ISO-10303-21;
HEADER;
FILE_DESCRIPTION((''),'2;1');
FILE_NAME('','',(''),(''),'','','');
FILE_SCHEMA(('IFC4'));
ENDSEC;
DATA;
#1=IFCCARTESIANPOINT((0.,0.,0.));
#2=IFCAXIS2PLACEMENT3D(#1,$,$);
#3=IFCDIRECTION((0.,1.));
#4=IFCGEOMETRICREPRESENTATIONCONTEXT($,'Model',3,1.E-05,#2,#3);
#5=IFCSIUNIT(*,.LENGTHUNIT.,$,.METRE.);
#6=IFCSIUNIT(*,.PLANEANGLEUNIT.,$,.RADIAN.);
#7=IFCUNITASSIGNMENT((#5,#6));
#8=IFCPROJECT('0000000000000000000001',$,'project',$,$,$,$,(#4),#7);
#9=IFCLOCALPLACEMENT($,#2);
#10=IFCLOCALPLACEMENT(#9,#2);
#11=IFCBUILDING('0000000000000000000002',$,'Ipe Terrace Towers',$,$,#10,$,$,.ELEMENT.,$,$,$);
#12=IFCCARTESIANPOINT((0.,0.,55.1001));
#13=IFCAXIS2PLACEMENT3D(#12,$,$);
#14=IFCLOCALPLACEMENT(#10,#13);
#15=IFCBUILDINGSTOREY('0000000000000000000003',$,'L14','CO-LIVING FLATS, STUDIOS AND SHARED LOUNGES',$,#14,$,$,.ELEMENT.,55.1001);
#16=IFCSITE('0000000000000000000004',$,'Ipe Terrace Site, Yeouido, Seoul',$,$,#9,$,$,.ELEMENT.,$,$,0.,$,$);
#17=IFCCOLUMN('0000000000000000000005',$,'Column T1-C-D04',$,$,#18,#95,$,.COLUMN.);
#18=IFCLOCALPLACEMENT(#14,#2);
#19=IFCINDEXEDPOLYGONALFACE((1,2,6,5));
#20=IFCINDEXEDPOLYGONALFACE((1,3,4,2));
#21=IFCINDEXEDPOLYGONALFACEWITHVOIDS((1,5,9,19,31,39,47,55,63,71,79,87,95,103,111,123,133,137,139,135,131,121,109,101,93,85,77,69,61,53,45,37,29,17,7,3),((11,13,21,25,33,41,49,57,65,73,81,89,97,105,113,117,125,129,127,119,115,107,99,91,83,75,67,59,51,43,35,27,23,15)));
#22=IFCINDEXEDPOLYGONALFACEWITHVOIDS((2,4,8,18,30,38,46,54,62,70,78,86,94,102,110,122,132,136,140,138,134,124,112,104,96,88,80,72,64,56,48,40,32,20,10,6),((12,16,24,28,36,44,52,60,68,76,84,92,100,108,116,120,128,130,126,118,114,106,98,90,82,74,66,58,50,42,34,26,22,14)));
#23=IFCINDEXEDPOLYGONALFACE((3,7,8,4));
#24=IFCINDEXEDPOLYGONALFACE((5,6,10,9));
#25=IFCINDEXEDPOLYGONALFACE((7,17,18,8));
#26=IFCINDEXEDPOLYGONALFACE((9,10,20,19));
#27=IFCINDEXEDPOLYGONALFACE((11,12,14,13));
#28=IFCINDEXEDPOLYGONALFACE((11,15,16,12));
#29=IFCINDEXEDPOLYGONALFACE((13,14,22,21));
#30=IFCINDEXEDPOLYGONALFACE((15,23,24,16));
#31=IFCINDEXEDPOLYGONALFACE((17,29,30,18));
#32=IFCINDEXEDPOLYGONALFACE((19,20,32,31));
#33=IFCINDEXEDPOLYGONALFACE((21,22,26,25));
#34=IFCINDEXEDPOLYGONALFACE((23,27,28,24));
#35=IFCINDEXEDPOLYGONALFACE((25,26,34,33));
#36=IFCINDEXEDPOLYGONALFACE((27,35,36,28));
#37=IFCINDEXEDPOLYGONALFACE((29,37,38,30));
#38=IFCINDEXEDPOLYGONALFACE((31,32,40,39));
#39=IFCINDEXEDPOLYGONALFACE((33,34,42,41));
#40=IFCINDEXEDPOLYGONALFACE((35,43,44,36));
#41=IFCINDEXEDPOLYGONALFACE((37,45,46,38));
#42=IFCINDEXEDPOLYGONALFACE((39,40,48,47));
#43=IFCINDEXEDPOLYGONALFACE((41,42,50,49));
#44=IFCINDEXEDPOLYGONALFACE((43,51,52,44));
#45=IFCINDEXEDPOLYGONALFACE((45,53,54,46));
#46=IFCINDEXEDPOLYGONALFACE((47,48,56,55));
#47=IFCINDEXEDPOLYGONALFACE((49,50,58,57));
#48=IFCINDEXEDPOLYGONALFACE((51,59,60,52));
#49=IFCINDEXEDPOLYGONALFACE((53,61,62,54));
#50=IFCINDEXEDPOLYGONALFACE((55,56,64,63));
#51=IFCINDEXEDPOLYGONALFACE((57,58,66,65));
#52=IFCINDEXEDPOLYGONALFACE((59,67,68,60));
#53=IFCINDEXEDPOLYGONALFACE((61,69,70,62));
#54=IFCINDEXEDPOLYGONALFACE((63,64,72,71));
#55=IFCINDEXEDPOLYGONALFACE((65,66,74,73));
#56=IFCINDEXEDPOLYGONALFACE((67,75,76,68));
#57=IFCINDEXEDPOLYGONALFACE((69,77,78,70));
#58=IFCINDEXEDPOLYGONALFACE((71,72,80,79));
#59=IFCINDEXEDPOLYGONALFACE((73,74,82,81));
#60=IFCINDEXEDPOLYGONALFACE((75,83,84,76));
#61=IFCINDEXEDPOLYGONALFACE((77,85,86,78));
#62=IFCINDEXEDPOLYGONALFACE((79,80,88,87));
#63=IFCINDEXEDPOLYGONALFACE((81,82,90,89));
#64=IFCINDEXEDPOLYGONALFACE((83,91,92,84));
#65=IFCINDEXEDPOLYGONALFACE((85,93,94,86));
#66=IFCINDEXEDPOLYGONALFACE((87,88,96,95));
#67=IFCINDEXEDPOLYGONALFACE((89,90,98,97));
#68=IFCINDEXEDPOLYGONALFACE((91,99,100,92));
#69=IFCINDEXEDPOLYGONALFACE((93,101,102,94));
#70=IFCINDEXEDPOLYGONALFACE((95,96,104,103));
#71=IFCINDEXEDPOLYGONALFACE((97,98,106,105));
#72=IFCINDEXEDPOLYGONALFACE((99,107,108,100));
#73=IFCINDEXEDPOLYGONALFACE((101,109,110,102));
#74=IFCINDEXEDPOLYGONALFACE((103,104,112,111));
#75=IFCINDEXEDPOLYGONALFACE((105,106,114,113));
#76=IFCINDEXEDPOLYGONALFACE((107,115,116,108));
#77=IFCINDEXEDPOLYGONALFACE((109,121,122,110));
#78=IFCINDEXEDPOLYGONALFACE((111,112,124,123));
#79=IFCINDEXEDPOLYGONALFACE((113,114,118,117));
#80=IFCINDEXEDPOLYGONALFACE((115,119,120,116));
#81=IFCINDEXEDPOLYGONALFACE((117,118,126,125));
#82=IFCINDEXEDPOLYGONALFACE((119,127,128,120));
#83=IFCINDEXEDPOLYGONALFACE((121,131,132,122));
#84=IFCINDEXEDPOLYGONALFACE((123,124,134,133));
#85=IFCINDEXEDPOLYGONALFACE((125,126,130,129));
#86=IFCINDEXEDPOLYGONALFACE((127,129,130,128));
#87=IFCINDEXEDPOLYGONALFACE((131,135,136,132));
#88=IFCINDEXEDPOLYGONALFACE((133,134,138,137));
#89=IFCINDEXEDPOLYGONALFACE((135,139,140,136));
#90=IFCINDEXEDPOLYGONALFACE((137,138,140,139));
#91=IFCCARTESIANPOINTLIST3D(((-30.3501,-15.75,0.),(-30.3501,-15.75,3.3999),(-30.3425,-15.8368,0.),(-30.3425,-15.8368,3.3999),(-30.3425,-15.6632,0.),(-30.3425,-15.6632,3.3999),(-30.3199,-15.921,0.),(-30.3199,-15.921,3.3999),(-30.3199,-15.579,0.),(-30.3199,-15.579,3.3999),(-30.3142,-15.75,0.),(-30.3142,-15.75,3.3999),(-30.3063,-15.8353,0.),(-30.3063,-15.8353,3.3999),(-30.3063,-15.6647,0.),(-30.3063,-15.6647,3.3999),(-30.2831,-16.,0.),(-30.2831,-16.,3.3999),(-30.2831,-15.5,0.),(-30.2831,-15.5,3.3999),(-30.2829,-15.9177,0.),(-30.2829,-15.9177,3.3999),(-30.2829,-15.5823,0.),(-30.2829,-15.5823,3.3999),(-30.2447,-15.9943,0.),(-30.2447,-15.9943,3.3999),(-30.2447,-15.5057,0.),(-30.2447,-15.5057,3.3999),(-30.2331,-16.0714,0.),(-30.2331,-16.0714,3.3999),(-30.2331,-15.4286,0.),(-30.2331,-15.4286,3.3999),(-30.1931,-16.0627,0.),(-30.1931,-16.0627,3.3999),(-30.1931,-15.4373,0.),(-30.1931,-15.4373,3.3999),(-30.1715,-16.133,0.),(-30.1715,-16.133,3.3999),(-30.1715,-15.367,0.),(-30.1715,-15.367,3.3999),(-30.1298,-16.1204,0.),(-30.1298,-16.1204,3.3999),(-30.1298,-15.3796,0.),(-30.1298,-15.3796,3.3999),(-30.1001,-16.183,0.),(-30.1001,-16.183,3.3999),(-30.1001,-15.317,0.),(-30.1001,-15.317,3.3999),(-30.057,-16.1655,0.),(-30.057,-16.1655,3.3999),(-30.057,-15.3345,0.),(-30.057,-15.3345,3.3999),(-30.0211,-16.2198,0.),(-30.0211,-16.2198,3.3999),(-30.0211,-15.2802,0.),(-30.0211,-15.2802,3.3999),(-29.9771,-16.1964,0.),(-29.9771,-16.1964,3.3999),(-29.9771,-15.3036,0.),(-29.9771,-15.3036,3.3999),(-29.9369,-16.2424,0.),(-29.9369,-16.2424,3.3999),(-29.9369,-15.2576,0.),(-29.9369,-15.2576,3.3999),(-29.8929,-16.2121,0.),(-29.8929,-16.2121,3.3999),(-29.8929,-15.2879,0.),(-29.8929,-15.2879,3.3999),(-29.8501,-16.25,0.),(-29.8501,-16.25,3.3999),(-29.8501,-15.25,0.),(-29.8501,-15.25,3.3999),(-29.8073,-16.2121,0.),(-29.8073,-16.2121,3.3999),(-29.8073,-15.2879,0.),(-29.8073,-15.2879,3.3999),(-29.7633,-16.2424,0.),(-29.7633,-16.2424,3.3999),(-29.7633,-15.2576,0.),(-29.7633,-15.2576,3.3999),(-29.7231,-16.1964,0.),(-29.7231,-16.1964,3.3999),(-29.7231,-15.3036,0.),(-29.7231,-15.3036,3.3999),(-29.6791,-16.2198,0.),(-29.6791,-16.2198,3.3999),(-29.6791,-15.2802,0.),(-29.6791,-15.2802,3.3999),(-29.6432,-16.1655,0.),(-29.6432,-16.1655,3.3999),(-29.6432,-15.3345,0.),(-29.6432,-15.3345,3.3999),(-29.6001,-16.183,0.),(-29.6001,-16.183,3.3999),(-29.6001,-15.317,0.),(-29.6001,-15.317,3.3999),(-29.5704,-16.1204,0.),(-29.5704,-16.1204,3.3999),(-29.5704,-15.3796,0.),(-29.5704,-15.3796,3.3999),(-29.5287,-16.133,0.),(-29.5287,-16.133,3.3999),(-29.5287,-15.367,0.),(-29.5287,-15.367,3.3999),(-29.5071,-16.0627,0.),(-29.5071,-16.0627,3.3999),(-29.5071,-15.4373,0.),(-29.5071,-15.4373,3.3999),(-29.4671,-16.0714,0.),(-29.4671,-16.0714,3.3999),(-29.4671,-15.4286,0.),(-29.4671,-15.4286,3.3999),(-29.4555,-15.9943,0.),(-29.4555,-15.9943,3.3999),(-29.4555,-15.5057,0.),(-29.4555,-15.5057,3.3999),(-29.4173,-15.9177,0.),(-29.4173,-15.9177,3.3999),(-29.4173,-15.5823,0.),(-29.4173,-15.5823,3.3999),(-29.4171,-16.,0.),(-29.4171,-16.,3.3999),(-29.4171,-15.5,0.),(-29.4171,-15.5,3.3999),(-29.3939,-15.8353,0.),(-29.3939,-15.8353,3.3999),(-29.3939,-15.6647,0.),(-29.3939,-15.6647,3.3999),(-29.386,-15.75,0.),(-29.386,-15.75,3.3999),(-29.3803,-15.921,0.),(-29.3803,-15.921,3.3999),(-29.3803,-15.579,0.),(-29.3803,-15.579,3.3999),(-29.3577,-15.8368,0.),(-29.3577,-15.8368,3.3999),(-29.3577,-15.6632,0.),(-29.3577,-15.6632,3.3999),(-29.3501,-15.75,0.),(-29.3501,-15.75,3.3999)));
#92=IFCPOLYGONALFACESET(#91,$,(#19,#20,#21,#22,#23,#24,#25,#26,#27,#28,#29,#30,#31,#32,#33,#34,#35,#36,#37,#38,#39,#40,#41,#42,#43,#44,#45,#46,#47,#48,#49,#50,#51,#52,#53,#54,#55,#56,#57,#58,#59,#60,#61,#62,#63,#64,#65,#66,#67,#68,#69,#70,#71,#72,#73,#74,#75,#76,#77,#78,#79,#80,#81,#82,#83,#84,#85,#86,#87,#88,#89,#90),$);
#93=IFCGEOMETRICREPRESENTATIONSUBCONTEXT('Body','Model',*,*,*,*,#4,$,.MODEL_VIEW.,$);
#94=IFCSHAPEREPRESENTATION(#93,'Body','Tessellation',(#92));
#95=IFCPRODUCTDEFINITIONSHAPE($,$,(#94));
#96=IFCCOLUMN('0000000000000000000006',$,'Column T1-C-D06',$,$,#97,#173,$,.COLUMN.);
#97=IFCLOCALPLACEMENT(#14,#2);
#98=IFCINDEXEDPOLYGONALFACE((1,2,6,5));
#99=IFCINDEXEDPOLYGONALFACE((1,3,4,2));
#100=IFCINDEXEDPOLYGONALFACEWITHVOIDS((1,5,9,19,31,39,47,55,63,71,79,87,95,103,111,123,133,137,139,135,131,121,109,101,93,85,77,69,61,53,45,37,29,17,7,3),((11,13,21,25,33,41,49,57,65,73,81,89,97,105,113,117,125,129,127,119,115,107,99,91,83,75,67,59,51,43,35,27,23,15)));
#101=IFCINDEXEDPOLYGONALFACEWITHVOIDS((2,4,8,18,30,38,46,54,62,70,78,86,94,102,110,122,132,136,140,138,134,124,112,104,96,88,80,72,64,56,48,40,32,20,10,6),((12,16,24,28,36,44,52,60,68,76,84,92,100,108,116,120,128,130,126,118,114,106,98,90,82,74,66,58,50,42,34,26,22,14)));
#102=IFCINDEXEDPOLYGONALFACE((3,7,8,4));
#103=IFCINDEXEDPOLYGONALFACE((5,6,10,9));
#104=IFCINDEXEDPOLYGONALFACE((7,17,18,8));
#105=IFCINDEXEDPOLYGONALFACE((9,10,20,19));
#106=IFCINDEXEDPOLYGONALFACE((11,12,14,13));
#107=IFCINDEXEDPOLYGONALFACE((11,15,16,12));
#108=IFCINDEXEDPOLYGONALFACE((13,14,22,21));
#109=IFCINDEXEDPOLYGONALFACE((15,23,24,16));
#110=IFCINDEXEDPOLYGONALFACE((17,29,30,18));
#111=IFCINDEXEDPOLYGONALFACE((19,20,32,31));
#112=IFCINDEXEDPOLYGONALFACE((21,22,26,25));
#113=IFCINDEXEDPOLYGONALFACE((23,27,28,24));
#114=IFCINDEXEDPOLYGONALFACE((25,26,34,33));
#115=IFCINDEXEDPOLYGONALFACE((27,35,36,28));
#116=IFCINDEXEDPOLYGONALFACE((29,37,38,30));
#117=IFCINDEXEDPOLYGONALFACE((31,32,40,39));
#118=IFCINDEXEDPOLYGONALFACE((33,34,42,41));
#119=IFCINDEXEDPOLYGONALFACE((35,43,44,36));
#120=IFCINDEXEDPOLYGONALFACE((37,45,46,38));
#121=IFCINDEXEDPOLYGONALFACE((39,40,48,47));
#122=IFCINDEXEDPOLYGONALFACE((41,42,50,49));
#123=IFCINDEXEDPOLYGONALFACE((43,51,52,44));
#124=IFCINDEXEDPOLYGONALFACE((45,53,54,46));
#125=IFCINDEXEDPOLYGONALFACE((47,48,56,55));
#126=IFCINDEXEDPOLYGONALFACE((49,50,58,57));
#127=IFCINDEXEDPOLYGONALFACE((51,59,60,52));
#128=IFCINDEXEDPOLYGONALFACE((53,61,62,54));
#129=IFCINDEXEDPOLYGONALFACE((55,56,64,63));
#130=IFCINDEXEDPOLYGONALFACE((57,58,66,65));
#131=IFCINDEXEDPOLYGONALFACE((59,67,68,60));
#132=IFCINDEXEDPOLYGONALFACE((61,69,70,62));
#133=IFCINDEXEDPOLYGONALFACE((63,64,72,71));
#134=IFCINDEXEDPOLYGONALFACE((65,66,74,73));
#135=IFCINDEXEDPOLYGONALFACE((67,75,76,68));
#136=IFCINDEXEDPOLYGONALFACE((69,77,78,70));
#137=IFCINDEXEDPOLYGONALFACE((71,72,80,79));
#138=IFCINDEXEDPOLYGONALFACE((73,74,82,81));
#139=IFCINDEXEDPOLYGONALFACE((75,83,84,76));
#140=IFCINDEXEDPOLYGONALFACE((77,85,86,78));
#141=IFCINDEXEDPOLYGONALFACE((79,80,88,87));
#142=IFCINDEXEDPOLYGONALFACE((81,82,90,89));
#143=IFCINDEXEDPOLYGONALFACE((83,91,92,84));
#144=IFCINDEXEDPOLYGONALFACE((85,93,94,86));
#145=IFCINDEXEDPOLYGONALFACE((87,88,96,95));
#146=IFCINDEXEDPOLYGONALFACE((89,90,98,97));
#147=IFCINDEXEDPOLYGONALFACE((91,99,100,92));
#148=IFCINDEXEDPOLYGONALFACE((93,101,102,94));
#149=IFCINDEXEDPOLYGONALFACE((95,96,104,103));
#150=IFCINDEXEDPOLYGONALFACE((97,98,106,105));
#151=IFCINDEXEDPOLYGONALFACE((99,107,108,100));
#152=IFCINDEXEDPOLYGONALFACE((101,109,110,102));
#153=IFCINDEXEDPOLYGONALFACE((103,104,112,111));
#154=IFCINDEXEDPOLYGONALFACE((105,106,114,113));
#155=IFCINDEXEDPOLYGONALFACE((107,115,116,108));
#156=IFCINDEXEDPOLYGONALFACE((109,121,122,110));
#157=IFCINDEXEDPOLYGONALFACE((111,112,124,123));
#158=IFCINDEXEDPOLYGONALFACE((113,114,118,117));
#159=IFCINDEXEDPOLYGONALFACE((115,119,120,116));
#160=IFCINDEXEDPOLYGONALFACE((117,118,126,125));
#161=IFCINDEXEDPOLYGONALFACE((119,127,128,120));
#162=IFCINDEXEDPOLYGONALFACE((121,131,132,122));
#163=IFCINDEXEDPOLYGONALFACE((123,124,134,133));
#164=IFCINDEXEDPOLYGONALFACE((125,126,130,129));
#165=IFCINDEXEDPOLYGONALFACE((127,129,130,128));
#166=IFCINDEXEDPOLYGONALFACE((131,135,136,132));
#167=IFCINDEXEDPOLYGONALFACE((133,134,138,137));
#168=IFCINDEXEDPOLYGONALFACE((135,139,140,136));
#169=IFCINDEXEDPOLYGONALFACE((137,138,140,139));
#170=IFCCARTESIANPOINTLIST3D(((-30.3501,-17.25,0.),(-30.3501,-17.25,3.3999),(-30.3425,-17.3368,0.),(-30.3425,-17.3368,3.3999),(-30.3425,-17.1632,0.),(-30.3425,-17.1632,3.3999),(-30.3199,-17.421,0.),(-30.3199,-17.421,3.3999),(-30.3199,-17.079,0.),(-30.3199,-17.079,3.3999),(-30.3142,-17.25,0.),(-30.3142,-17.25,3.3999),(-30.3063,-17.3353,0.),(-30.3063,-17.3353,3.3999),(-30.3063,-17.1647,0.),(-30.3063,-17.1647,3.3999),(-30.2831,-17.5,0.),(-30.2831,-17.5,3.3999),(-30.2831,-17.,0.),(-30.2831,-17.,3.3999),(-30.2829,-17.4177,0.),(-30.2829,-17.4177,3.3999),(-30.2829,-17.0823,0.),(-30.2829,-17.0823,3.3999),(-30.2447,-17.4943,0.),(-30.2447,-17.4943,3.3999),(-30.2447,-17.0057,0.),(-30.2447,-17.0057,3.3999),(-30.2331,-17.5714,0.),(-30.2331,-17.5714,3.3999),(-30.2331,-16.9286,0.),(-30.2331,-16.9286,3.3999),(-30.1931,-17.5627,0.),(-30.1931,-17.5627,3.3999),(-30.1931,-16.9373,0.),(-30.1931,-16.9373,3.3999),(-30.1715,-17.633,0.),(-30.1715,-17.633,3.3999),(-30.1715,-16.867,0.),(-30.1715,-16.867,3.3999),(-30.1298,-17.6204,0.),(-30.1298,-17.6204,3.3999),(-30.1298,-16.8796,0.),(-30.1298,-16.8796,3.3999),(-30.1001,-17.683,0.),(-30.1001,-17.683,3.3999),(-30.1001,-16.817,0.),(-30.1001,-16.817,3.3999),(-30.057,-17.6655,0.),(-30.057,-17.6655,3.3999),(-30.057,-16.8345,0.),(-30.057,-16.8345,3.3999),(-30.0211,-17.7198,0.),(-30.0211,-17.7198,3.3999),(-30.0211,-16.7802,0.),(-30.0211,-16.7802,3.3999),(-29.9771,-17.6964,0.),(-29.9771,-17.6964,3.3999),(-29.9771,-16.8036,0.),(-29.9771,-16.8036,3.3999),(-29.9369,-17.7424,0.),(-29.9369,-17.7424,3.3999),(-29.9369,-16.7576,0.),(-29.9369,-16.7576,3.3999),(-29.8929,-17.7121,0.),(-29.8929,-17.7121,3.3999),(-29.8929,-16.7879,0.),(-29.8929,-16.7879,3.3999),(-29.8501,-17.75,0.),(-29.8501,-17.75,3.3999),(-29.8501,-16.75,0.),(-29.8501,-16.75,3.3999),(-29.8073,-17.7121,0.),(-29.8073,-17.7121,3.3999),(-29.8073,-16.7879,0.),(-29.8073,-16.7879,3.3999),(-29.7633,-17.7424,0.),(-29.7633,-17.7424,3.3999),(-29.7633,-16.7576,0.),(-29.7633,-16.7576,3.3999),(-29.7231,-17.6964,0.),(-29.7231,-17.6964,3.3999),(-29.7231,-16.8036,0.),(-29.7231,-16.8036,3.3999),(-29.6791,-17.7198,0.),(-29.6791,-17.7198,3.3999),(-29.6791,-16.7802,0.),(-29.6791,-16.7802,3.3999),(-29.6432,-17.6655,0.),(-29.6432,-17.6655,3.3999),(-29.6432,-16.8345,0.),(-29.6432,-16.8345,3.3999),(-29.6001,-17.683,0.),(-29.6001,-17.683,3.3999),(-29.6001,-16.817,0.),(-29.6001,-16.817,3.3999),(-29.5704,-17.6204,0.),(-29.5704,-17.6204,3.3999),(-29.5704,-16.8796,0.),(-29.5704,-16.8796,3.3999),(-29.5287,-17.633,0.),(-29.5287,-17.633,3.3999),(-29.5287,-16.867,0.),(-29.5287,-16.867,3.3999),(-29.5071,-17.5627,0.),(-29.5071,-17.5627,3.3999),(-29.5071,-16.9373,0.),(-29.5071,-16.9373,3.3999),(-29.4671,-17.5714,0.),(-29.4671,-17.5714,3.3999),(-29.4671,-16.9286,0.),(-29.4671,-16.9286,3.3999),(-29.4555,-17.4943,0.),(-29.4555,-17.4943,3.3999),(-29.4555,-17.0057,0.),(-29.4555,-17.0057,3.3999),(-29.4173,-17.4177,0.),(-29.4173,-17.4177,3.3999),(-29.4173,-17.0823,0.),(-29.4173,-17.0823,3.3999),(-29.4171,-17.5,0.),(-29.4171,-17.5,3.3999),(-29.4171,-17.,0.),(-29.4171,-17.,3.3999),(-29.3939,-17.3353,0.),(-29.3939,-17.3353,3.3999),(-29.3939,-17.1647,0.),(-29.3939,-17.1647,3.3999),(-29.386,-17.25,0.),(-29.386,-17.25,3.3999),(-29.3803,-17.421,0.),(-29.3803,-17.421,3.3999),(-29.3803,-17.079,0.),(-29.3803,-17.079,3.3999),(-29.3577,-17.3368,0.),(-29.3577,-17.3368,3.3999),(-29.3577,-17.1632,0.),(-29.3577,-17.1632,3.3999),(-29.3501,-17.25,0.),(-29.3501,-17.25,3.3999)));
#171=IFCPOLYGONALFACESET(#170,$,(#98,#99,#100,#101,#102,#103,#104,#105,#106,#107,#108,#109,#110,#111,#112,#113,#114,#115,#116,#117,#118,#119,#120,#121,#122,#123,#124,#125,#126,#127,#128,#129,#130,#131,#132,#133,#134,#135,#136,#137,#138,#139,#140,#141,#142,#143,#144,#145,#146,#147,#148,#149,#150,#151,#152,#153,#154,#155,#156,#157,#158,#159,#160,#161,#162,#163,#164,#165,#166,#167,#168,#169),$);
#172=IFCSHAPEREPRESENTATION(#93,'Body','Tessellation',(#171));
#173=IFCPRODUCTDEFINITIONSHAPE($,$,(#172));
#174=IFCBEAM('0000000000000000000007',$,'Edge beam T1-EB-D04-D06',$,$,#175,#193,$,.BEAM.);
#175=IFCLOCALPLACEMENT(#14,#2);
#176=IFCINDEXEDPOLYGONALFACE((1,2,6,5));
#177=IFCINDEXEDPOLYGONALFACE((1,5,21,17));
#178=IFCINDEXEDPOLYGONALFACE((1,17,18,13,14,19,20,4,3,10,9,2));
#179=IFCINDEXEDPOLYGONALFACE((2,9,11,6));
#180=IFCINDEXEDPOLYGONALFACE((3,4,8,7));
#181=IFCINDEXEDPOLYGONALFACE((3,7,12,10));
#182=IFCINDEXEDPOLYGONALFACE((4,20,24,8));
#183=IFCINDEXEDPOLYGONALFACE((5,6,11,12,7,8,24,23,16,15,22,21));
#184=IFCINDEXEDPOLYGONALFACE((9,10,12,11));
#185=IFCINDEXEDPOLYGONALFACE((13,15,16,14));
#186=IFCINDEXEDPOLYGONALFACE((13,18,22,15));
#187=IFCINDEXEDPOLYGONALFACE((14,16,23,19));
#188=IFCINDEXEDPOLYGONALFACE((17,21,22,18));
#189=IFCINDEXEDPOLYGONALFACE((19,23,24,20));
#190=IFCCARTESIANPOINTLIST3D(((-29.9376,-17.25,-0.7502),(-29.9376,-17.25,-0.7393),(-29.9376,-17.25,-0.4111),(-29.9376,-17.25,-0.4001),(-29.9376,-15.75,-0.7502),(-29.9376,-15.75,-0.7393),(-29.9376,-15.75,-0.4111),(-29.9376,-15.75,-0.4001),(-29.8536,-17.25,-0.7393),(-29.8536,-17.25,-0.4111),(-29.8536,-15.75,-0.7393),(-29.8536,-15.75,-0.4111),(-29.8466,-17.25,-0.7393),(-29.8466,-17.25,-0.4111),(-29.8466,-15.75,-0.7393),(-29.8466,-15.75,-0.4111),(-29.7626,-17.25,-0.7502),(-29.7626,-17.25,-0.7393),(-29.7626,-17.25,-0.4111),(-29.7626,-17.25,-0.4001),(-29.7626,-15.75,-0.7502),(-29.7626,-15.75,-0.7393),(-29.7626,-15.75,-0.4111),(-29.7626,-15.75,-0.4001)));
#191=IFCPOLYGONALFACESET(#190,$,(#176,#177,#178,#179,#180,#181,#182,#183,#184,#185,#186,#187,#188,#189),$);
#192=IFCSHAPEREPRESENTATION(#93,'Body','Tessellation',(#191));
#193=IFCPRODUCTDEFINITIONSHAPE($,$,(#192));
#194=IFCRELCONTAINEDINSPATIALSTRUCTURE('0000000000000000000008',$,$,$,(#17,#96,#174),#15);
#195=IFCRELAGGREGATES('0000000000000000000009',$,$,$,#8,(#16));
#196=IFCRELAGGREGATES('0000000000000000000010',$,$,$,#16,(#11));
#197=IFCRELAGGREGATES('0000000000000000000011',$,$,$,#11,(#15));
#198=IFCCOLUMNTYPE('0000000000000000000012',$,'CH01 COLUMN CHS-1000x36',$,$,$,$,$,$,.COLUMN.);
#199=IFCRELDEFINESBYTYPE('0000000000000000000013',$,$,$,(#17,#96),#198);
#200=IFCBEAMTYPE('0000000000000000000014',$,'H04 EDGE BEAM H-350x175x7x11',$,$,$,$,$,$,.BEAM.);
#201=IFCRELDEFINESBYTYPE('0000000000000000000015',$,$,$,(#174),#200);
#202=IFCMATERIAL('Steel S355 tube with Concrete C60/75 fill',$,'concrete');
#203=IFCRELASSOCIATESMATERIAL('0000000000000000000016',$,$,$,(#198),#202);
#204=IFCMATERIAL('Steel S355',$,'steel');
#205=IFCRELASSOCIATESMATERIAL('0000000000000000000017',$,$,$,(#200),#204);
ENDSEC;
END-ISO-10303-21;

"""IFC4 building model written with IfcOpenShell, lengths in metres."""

from ifc_helpers import new_model, si_unit, direction, frame, origin, origin_2d, place, context, subcontext, project, spatial, hollow_circle, i_section, extrude, material, material_profile, profile_set, type_object, element, save


model = new_model("IFC4")

# Units and contexts
model_context = context("Model", 3, precision=1e-05, world=origin(), true_north=direction((0.0, 1.0)))
body_context = subcontext(model_context, "Body", "Model", "MODEL_VIEW")
ifc_project = project(units=[si_unit("LENGTHUNIT", "METRE"), si_unit("PLANEANGLEUNIT", "RADIAN")], contexts=[model_context])

# Site, building, storey
site_placement = place(None, origin())
site = spatial("IfcSite", under=ifc_project, at=site_placement, Name="Ipe Terrace Site, Yeouido, Seoul", CompositionType="ELEMENT", RefElevation=0.0)
building_placement = place(site_placement, origin())
building = spatial("IfcBuilding", under=site, at=building_placement, Name="Ipe Terrace Towers", CompositionType="ELEMENT")
storey_placement = place(building_placement, frame((0.0, 0.0, 55.1001)))
storey = spatial("IfcBuildingStorey", under=building, at=storey_placement, Name="L14", Description="CO-LIVING FLATS, STUDIOS AND SHARED LOUNGES", CompositionType="ELEMENT", Elevation=55.1001)

# Columns
ifc_material_1 = material(Name="Steel S355 tube with Concrete C60/75 fill", Category="concrete")
ifc_material_profile_1 = material_profile(ifc_material_1, hollow_circle(Radius=0.5, WallThickness=0.0359, at=origin_2d()), Name="CHS-1000x36")
ifc_profile_set_1 = profile_set([ifc_material_profile_1], Name="Steel S355 tube with Concrete C60/75 fill")
column_type = type_object("IfcColumnType", Name="CH01 COLUMN CHS-1000x36", PredefinedType="COLUMN", material=ifc_profile_set_1)
for number, where, z_axis, x_axis, name in (
    (1, (-29.8501, -15.75, 0.0), (0.0, 0.0, 1.0), (1.0, 0.0, 0.0), "Column T1-C-D04"),
    (2, (-29.8501, -17.25, 0.0), (0.0, 0.0, 1.0), (1.0, 0.0, 0.0), "Column T1-C-D06"),
):
    element("IfcColumn", number, at=place(storey_placement, frame(where, z_axis=z_axis, x_axis=x_axis)), inside=storey, type_object=column_type, Name=name, PredefinedType="COLUMN", context=body_context, shape_type="SweptSolid", body=[
        extrude(hollow_circle(Radius=0.5, WallThickness=0.0359, at=origin_2d()), origin(), (0.0, 0.0, 1.0), 3.3999),
    ])

# Beam
ifc_material_2 = material(Name="Steel S355", Category="steel")
ifc_material_profile_2 = material_profile(ifc_material_2, i_section(OverallWidth=0.175, OverallDepth=0.3501, WebThickness=0.0071, FlangeThickness=0.011, at=origin_2d()), Name="H-350x175x7x11")
ifc_profile_set_2 = profile_set([ifc_material_profile_2], Name="Steel S355")
beam_type = type_object("IfcBeamType", Name="H04 EDGE BEAM H-350x175x7x11", PredefinedType="BEAM", material=ifc_profile_set_2)
beam_placement = place(storey_placement, frame((-29.8501, -15.75, -0.5752), z_axis=(0.0, -1.0, 0.0), x_axis=(1.0, 0.0, 0.0)))
element("IfcBeam", 3, at=beam_placement, inside=storey, type_object=beam_type, Name="Edge beam T1-EB-D04-D06", PredefinedType="BEAM", context=body_context, shape_type="SweptSolid", body=[
    extrude(i_section(OverallWidth=0.175, OverallDepth=0.3501, WebThickness=0.0071, FlangeThickness=0.011, at=origin_2d()), origin(), (0.0, 0.0, 1.0), 1.5),
])

save(model, "model.ifc")
